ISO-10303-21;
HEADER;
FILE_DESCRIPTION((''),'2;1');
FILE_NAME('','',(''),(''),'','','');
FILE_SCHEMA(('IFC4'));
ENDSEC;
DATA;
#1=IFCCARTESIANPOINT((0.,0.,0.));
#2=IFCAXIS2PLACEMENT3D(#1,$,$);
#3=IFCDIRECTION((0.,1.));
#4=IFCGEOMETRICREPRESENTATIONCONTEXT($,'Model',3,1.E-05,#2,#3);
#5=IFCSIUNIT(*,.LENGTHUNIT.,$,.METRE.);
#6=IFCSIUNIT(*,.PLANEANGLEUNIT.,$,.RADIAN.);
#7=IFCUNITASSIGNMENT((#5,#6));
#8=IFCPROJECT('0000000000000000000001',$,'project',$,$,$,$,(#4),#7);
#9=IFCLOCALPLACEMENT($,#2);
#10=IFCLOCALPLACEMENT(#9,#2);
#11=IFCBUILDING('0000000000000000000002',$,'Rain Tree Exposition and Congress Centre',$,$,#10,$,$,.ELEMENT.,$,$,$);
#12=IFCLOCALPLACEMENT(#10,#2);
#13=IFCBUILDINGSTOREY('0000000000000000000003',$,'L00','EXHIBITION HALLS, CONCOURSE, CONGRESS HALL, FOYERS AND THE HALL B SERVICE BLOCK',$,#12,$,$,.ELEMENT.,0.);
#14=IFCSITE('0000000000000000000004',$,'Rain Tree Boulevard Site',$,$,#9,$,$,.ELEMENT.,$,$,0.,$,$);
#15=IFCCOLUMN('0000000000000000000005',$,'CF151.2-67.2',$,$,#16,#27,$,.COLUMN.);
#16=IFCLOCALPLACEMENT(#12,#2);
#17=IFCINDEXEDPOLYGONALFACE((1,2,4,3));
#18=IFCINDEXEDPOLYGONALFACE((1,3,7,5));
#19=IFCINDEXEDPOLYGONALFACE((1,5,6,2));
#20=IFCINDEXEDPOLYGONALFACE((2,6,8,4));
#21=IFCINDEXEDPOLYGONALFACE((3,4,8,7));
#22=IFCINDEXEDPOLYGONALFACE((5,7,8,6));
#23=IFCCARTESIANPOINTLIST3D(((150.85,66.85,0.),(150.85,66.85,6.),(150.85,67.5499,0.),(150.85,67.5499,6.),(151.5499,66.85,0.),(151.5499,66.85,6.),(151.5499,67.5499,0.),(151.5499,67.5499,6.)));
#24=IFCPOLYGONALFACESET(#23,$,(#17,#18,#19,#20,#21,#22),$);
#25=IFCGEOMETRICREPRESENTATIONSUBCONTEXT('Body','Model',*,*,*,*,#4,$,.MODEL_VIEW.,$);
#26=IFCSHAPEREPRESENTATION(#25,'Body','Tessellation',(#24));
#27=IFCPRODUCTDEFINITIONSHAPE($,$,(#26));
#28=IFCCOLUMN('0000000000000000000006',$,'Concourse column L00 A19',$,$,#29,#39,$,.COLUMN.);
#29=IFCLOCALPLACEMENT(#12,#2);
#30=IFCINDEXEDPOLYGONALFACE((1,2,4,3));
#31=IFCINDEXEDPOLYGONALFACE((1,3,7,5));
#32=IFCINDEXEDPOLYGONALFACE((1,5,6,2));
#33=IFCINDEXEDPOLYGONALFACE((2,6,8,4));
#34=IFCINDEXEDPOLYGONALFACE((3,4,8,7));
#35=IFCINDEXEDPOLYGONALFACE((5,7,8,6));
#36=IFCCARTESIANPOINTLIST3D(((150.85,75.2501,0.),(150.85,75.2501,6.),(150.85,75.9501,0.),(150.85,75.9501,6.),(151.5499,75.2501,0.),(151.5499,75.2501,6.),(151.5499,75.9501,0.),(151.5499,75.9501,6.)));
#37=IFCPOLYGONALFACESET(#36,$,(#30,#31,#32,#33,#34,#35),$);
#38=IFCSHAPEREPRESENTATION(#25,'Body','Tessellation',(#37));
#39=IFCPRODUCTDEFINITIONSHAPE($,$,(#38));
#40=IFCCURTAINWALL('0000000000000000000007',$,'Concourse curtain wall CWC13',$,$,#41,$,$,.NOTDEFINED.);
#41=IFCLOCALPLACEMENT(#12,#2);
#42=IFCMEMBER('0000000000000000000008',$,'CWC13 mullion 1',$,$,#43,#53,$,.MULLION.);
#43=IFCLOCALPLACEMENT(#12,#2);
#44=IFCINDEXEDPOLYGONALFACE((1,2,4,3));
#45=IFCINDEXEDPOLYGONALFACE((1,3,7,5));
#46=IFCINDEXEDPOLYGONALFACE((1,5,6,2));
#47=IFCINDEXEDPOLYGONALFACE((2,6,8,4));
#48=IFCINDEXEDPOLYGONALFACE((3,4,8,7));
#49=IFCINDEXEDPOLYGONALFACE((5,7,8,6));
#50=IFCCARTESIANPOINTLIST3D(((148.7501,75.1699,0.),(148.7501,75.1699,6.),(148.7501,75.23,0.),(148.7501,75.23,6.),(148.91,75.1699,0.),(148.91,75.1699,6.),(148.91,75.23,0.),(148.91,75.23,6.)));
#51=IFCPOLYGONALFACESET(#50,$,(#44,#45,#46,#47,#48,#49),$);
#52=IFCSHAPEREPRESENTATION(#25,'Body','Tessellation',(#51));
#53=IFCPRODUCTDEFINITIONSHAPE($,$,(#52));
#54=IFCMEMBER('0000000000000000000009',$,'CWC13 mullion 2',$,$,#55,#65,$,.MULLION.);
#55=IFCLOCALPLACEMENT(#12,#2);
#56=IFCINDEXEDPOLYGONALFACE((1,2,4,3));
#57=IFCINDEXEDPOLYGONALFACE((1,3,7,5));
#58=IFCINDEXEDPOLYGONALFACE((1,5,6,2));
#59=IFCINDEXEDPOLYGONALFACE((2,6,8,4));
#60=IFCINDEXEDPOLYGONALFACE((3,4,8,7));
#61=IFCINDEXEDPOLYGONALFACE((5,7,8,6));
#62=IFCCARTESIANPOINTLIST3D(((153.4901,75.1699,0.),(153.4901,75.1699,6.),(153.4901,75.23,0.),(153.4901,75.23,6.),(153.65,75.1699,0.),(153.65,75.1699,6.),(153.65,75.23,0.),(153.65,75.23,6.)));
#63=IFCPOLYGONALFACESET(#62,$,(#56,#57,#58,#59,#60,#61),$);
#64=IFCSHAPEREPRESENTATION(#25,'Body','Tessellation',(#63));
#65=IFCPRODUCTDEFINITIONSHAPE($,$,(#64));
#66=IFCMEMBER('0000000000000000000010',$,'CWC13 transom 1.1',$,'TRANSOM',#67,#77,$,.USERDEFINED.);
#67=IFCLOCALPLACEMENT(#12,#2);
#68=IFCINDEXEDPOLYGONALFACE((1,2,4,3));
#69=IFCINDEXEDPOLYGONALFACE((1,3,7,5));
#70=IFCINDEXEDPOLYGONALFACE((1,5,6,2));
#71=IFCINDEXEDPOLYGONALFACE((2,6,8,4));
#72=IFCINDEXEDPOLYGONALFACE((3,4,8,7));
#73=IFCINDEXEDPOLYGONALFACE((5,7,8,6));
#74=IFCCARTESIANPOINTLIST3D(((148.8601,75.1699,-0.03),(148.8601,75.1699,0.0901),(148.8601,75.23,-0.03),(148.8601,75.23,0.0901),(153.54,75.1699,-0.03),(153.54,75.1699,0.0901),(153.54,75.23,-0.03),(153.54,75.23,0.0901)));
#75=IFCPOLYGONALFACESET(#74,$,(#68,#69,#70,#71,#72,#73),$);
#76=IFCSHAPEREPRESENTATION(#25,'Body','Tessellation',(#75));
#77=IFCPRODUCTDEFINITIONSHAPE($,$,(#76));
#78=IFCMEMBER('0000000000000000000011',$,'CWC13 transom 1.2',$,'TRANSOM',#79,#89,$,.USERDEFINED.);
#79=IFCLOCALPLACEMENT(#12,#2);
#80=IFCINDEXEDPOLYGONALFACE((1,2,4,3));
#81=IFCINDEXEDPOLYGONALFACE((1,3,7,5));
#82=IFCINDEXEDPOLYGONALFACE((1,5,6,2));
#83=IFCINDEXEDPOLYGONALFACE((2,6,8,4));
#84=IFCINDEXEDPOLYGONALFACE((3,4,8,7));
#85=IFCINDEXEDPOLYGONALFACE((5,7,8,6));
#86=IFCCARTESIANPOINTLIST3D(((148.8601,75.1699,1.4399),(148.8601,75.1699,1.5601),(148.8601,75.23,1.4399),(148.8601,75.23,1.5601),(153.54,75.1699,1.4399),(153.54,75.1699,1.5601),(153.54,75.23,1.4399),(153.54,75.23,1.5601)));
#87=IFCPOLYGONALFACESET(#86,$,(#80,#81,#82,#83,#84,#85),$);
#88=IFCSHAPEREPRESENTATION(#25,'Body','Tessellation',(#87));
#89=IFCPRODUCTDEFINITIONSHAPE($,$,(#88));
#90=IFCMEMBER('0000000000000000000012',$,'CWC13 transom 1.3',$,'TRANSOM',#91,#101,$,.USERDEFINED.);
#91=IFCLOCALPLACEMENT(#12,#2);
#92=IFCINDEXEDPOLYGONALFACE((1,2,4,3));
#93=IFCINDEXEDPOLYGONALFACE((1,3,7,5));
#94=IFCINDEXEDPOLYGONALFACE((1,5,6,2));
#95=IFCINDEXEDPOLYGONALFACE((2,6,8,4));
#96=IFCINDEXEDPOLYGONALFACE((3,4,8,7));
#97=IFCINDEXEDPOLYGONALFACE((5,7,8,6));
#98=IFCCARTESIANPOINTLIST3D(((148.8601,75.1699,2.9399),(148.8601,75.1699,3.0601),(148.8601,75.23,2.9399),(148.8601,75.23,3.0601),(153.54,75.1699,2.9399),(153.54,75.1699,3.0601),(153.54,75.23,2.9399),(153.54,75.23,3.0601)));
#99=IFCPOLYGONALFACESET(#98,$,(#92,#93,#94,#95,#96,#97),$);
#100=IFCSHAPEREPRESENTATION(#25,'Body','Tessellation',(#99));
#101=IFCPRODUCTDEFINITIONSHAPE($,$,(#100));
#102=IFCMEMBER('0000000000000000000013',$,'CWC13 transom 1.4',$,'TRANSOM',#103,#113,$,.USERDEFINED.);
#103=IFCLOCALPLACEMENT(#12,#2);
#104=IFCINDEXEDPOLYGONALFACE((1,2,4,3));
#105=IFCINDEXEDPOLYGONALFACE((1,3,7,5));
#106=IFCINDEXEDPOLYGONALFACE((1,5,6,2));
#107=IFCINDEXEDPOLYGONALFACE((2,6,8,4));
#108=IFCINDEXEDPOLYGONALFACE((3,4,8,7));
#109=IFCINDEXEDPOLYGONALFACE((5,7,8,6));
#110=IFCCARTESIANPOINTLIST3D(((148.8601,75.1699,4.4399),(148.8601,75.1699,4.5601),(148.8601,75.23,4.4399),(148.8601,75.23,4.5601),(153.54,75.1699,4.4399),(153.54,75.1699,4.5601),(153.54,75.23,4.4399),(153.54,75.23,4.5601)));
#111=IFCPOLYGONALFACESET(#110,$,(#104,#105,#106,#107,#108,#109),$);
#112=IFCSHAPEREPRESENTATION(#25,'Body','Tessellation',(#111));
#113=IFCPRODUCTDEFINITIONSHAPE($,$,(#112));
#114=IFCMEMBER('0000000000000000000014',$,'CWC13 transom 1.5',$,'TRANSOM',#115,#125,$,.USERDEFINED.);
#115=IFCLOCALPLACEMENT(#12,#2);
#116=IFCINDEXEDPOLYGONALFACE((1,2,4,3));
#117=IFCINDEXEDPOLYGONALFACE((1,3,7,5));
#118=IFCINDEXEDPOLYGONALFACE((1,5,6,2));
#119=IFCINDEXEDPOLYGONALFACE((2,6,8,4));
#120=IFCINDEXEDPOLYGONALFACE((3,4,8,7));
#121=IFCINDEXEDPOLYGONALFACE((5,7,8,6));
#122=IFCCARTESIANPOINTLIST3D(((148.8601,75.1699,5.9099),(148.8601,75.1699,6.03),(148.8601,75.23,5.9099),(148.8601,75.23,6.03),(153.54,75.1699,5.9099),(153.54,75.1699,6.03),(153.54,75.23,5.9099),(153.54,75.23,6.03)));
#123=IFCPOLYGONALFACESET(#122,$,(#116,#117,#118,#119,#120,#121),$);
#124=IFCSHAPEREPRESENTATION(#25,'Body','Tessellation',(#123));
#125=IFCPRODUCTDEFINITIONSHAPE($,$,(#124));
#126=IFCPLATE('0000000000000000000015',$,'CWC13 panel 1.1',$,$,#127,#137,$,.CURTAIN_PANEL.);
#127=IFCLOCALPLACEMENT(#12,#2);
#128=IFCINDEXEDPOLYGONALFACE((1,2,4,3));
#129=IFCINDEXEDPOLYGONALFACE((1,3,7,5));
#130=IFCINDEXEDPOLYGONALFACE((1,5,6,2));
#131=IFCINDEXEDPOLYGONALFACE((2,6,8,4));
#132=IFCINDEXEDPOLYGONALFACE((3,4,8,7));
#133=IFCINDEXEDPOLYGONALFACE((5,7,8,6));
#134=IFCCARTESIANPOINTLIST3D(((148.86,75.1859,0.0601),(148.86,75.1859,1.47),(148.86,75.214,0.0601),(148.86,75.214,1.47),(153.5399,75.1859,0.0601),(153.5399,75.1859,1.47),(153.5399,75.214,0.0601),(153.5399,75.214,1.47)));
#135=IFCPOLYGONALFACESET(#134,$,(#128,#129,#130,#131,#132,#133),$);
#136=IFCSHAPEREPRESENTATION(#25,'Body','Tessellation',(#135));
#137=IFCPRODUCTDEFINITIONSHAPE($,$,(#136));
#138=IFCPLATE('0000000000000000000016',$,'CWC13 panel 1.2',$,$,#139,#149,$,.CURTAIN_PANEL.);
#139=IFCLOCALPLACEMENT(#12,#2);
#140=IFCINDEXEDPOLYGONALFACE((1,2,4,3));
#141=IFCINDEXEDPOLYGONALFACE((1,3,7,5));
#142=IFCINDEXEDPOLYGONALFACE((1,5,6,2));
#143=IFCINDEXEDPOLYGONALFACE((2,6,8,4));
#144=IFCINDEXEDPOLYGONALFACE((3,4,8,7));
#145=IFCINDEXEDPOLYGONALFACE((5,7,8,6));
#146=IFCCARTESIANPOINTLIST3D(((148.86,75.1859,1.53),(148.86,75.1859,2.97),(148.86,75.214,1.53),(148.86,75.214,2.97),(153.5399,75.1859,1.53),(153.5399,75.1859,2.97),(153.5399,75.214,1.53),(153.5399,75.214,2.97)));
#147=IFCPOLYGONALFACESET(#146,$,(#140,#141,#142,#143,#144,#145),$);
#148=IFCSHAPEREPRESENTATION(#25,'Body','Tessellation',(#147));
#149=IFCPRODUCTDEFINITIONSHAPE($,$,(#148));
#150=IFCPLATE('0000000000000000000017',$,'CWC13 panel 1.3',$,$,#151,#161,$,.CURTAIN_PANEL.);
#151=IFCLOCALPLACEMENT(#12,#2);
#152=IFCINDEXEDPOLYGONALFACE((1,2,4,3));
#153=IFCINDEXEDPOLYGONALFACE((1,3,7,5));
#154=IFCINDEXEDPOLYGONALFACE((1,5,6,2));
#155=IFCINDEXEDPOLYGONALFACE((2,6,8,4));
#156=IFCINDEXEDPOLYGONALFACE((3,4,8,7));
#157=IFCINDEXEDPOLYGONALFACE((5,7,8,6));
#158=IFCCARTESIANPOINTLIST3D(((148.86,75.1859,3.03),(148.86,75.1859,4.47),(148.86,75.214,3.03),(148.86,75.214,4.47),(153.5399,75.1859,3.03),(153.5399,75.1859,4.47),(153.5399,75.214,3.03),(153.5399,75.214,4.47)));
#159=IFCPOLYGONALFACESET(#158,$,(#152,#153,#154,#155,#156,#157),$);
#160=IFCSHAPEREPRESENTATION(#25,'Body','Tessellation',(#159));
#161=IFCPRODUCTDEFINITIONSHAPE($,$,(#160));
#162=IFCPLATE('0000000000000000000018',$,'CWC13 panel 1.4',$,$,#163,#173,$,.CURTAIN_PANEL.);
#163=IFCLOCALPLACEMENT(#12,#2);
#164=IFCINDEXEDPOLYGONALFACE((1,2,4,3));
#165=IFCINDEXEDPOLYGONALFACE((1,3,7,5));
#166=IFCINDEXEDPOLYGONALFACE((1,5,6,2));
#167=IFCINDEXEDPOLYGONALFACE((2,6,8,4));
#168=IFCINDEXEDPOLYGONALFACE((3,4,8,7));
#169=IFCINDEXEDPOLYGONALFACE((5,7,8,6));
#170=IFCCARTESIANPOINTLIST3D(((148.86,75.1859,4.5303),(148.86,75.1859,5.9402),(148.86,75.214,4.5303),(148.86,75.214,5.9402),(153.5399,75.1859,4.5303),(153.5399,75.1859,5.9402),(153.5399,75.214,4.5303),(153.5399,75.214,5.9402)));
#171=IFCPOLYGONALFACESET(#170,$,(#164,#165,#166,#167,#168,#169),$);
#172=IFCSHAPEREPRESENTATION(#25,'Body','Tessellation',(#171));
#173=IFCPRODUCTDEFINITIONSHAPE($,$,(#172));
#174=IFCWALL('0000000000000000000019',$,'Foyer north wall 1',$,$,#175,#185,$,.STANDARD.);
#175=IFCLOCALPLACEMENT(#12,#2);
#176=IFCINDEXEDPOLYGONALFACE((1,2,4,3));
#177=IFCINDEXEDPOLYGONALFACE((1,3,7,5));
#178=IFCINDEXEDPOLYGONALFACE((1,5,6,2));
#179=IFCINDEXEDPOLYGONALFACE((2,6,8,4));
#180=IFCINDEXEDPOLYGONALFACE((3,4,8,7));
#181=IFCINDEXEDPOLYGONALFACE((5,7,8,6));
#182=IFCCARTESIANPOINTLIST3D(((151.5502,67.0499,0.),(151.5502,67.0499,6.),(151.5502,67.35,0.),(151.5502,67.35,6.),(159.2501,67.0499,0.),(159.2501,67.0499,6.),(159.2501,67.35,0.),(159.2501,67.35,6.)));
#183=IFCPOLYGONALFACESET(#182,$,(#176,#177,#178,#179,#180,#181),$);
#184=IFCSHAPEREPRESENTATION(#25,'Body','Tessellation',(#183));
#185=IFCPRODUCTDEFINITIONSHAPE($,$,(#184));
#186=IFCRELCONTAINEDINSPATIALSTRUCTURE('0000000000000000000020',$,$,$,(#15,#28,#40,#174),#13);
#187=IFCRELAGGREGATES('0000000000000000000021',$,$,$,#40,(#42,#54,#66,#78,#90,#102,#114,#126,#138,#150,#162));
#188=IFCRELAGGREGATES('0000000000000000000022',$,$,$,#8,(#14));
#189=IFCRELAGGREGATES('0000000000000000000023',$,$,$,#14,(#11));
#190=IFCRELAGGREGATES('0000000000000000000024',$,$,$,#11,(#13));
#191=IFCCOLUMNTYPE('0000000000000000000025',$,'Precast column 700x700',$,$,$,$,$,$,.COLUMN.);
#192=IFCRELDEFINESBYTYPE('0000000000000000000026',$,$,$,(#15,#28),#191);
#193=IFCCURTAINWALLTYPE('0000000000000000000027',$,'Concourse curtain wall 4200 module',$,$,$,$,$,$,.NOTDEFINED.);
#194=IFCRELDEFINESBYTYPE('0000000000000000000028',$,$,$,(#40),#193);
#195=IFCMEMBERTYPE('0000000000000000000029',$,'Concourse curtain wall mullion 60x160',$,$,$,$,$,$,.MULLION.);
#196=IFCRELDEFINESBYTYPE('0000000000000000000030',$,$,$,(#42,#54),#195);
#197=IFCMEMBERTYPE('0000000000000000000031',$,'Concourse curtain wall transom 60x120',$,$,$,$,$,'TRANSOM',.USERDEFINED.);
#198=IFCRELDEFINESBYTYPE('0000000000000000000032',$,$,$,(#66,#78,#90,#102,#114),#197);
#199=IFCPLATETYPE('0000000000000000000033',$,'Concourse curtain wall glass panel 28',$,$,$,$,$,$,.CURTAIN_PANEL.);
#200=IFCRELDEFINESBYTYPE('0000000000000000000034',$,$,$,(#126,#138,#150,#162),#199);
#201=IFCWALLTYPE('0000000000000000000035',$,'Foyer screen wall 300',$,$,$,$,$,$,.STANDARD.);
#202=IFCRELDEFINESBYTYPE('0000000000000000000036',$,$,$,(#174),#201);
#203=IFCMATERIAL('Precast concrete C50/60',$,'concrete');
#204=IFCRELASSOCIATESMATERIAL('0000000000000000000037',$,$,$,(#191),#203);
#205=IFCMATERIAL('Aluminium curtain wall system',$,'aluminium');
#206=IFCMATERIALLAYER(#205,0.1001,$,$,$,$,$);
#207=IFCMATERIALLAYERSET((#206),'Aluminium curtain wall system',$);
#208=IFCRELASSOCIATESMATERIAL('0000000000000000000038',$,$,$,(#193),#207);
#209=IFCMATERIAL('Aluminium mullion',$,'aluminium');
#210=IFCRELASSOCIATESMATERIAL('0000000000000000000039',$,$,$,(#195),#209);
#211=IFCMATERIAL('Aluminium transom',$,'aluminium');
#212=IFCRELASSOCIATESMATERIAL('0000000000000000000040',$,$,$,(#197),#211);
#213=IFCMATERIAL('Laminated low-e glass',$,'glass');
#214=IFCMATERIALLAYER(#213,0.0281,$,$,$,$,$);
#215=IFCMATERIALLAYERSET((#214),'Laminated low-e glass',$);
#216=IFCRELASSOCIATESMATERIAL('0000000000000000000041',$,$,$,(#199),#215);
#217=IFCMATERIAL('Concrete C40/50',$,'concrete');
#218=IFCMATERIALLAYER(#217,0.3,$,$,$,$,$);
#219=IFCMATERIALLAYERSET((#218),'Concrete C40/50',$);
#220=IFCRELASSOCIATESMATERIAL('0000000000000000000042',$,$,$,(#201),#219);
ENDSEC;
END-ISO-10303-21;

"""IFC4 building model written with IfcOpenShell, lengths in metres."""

from ifc_helpers import new_model, si_unit, direction, frame, frame_2d, origin, origin_2d, place, context, subcontext, project, spatial, rectangle, extrude, material, layer, layer_set, material_profile, profile_set, type_object, element, aggregate, save


model = new_model("IFC4")

# Units and contexts
model_context = context("Model", 3, precision=1e-05, world=origin(), true_north=direction((0.0, 1.0)))
body_context = subcontext(model_context, "Body", "Model", "MODEL_VIEW")
ifc_project = project(units=[si_unit("LENGTHUNIT", "METRE"), si_unit("PLANEANGLEUNIT", "RADIAN")], contexts=[model_context])

# Site, building, storey
site_placement = place(None, origin())
site = spatial("IfcSite", under=ifc_project, at=site_placement, Name="Rain Tree Boulevard Site", CompositionType="ELEMENT", RefElevation=0.0)
building_placement = place(site_placement, origin())
building = spatial("IfcBuilding", under=site, at=building_placement, Name="Rain Tree Exposition and Congress Centre", CompositionType="ELEMENT")
storey_placement = place(building_placement, origin())
storey = spatial("IfcBuildingStorey", under=building, at=storey_placement, Name="L00", Description="EXHIBITION HALLS, CONCOURSE, CONGRESS HALL, FOYERS AND THE HALL B SERVICE BLOCK", CompositionType="ELEMENT", Elevation=0.0)

# Columns
ifc_material_1 = material(Name="Precast concrete C50/60", Category="concrete")
ifc_material_profile_1 = material_profile(ifc_material_1, rectangle(XDim=0.7, YDim=0.7, at=origin_2d()), Name="RC 700x700")
ifc_profile_set_1 = profile_set([ifc_material_profile_1], Name="Precast concrete C50/60")
column_type = type_object("IfcColumnType", Name="Precast column 700x700", PredefinedType="COLUMN", material=ifc_profile_set_1)
for number, where, z_axis, x_axis, name in (
    (1, (151.2, 67.2, 0.0), (0.0, 0.0, 1.0), (1.0, 0.0, 0.0), "CF151.2-67.2"),
    (2, (151.2, 75.6001, 0.0), (0.0, 0.0, 1.0), (1.0, 0.0, 0.0), "Concourse column L00 A19"),
):
    element("IfcColumn", number, at=place(storey_placement, frame(where, z_axis=z_axis, x_axis=x_axis)), inside=storey, type_object=column_type, Name=name, PredefinedType="COLUMN", context=body_context, shape_type="SweptSolid", body=[
        extrude(rectangle(XDim=0.7, YDim=0.7, at=origin_2d()), origin(), (0.0, 0.0, 1.0), 6.0),
    ])

# Curtain wall, members, plates
ifc_material_2 = material(Name="Aluminium curtain wall system", Category="aluminium")
ifc_layer_1 = layer(ifc_material_2, 0.1001)
ifc_layer_set_1 = layer_set([ifc_layer_1], Name="Aluminium curtain wall system")
curtain_wall_type = type_object("IfcCurtainWallType", Name="Concourse curtain wall 4200 module", PredefinedType="NOTDEFINED", material=ifc_layer_set_1)
curtain_wall_placement = place(storey_placement, origin())
curtain_wall = element("IfcCurtainWall", 3, at=curtain_wall_placement, inside=storey, type_object=curtain_wall_type, Name="Concourse curtain wall CWC13", PredefinedType="NOTDEFINED")
ifc_material_3 = material(Name="Aluminium mullion", Category="aluminium")
ifc_material_profile_2 = material_profile(ifc_material_3, rectangle(XDim=0.0601, YDim=0.1599, at=origin_2d()), Name="AL 60x160")
ifc_profile_set_2 = profile_set([ifc_material_profile_2], Name="Aluminium mullion")
member_type_1 = type_object("IfcMemberType", Name="Concourse curtain wall mullion 60x160", PredefinedType="MULLION", material=ifc_profile_set_2)
member_1_placement = place(storey_placement, frame((148.8301, 75.2, 0.0), z_axis=(0.0, 0.0, 1.0), x_axis=(0.0, 1.0, 0.0)))
member_1 = element("IfcMember", 4, at=member_1_placement, type_object=member_type_1, Name="CWC13 mullion 1", PredefinedType="MULLION", context=body_context, shape_type="SweptSolid", body=[
    extrude(rectangle(XDim=0.0601, YDim=0.1599, at=origin_2d()), origin(), (0.0, 0.0, 1.0), 6.0),
])
member_2_placement = place(storey_placement, frame((153.5701, 75.2, 0.0), z_axis=(0.0, 0.0, 1.0), x_axis=(0.0, 1.0, 0.0)))
member_2 = element("IfcMember", 5, at=member_2_placement, type_object=member_type_1, Name="CWC13 mullion 2", PredefinedType="MULLION", context=body_context, shape_type="SweptSolid", body=[
    extrude(rectangle(XDim=0.0601, YDim=0.1599, at=origin_2d()), origin(), (0.0, 0.0, 1.0), 6.0),
])
ifc_material_4 = material(Name="Aluminium transom", Category="aluminium")
ifc_material_profile_3 = material_profile(ifc_material_4, rectangle(XDim=0.0601, YDim=0.1201, at=origin_2d()), Name="AL 60x120")
ifc_profile_set_3 = profile_set([ifc_material_profile_3], Name="Aluminium transom")
member_type_2 = type_object("IfcMemberType", Name="Concourse curtain wall transom 60x120", ElementType="TRANSOM", PredefinedType="USERDEFINED", material=ifc_profile_set_3)
member_3_placement = place(storey_placement, frame((148.8601, 75.2, 0.03), z_axis=(1.0, 0.0, 0.0), x_axis=(0.0, 1.0, 0.0)))
member_3 = element("IfcMember", 6, at=member_3_placement, type_object=member_type_2, Name="CWC13 transom 1.1", ObjectType="TRANSOM", PredefinedType="USERDEFINED", context=body_context, shape_type="SweptSolid", body=[
    extrude(rectangle(XDim=0.0601, YDim=0.1201, at=origin_2d()), origin(), (0.0, 0.0, 1.0), 4.6799),
])
member_4_placement = place(storey_placement, frame((148.8601, 75.2, 1.5), z_axis=(1.0, 0.0, 0.0), x_axis=(0.0, 1.0, 0.0)))
member_4 = element("IfcMember", 7, at=member_4_placement, type_object=member_type_2, Name="CWC13 transom 1.2", ObjectType="TRANSOM", PredefinedType="USERDEFINED", context=body_context, shape_type="SweptSolid", body=[
    extrude(rectangle(XDim=0.0601, YDim=0.1201, at=origin_2d()), origin(), (0.0, 0.0, 1.0), 4.6799),
])
member_5_placement = place(storey_placement, frame((148.8601, 75.2, 3.0), z_axis=(1.0, 0.0, 0.0), x_axis=(0.0, 1.0, 0.0)))
member_5 = element("IfcMember", 8, at=member_5_placement, type_object=member_type_2, Name="CWC13 transom 1.3", ObjectType="TRANSOM", PredefinedType="USERDEFINED", context=body_context, shape_type="SweptSolid", body=[
    extrude(rectangle(XDim=0.0601, YDim=0.1201, at=origin_2d()), origin(), (0.0, 0.0, 1.0), 4.6799),
])
member_6_placement = place(storey_placement, frame((148.8601, 75.2, 4.5), z_axis=(1.0, 0.0, 0.0), x_axis=(0.0, 1.0, 0.0)))
member_6 = element("IfcMember", 9, at=member_6_placement, type_object=member_type_2, Name="CWC13 transom 1.4", ObjectType="TRANSOM", PredefinedType="USERDEFINED", context=body_context, shape_type="SweptSolid", body=[
    extrude(rectangle(XDim=0.0601, YDim=0.1201, at=origin_2d()), origin(), (0.0, 0.0, 1.0), 4.6799),
])
member_7_placement = place(storey_placement, frame((148.8601, 75.2, 5.97), z_axis=(1.0, 0.0, 0.0), x_axis=(0.0, 1.0, 0.0)))
member_7 = element("IfcMember", 10, at=member_7_placement, type_object=member_type_2, Name="CWC13 transom 1.5", ObjectType="TRANSOM", PredefinedType="USERDEFINED", context=body_context, shape_type="SweptSolid", body=[
    extrude(rectangle(XDim=0.0601, YDim=0.1201, at=origin_2d()), origin(), (0.0, 0.0, 1.0), 4.6799),
])
ifc_material_5 = material(Name="Laminated low-e glass", Category="glass")
ifc_layer_2 = layer(ifc_material_5, 0.0281)
ifc_layer_set_2 = layer_set([ifc_layer_2], Name="Laminated low-e glass")
plate_type = type_object("IfcPlateType", Name="Concourse curtain wall glass panel 28", PredefinedType="CURTAIN_PANEL", material=ifc_layer_set_2)
plate_1_placement = place(storey_placement, frame((151.2, 75.2, 0.0601), z_axis=(0.0, 0.0, 1.0), x_axis=(1.0, 0.0, 0.0)))
plate_1 = element("IfcPlate", 11, at=plate_1_placement, type_object=plate_type, Name="CWC13 panel 1.1", PredefinedType="CURTAIN_PANEL", context=body_context, shape_type="SweptSolid", body=[
    extrude(rectangle(XDim=4.6799, YDim=0.0281, at=origin_2d()), origin(), (0.0, 0.0, 1.0), 1.4099),
])
plate_2_placement = place(storey_placement, frame((151.2, 75.2, 1.53), z_axis=(0.0, 0.0, 1.0), x_axis=(1.0, 0.0, 0.0)))
plate_2 = element("IfcPlate", 12, at=plate_2_placement, type_object=plate_type, Name="CWC13 panel 1.2", PredefinedType="CURTAIN_PANEL", context=body_context, shape_type="SweptSolid", body=[
    extrude(rectangle(XDim=4.6799, YDim=0.0281, at=origin_2d()), origin(), (0.0, 0.0, 1.0), 1.4399),
])
plate_3_placement = place(storey_placement, frame((151.2, 75.2, 3.03), z_axis=(0.0, 0.0, 1.0), x_axis=(1.0, 0.0, 0.0)))
plate_3 = element("IfcPlate", 13, at=plate_3_placement, type_object=plate_type, Name="CWC13 panel 1.3", PredefinedType="CURTAIN_PANEL", context=body_context, shape_type="SweptSolid", body=[
    extrude(rectangle(XDim=4.6799, YDim=0.0281, at=origin_2d()), origin(), (0.0, 0.0, 1.0), 1.4399),
])
plate_4_placement = place(storey_placement, frame((151.2, 75.2, 4.5303), z_axis=(0.0, 0.0, 1.0), x_axis=(1.0, 0.0, 0.0)))
plate_4 = element("IfcPlate", 14, at=plate_4_placement, type_object=plate_type, Name="CWC13 panel 1.4", PredefinedType="CURTAIN_PANEL", context=body_context, shape_type="SweptSolid", body=[
    extrude(rectangle(XDim=4.6799, YDim=0.0281, at=origin_2d()), origin(), (0.0, 0.0, 1.0), 1.4099),
])
aggregate(curtain_wall, [member_1, member_2, member_3, member_4, member_5, member_6, member_7, plate_1, plate_2, plate_3, plate_4])

# Wall
ifc_material_6 = material(Name="Concrete C40/50", Category="concrete")
ifc_layer_3 = layer(ifc_material_6, 0.3)
ifc_layer_set_3 = layer_set([ifc_layer_3], Name="Concrete C40/50")
wall_type_1 = type_object("IfcWallType", Name="Foyer screen wall 300", PredefinedType="STANDARD", material=ifc_layer_set_3)
wall_1_placement = place(storey_placement, frame((151.55, 67.2, 0.0), z_axis=(0.0, 0.0, 1.0), x_axis=(1.0, 0.0, 0.0)))
element("IfcWall", 15, at=wall_1_placement, inside=storey, type_object=wall_type_1, Name="Foyer north wall 1", PredefinedType="STANDARD", context=body_context, shape_type="SweptSolid", body=[
    extrude(rectangle(XDim=7.7, YDim=0.3, at=frame_2d((3.8501, 0.0))), origin(), (0.0, 0.0, 1.0), 6.0),
])

save(model, "model.ifc")
